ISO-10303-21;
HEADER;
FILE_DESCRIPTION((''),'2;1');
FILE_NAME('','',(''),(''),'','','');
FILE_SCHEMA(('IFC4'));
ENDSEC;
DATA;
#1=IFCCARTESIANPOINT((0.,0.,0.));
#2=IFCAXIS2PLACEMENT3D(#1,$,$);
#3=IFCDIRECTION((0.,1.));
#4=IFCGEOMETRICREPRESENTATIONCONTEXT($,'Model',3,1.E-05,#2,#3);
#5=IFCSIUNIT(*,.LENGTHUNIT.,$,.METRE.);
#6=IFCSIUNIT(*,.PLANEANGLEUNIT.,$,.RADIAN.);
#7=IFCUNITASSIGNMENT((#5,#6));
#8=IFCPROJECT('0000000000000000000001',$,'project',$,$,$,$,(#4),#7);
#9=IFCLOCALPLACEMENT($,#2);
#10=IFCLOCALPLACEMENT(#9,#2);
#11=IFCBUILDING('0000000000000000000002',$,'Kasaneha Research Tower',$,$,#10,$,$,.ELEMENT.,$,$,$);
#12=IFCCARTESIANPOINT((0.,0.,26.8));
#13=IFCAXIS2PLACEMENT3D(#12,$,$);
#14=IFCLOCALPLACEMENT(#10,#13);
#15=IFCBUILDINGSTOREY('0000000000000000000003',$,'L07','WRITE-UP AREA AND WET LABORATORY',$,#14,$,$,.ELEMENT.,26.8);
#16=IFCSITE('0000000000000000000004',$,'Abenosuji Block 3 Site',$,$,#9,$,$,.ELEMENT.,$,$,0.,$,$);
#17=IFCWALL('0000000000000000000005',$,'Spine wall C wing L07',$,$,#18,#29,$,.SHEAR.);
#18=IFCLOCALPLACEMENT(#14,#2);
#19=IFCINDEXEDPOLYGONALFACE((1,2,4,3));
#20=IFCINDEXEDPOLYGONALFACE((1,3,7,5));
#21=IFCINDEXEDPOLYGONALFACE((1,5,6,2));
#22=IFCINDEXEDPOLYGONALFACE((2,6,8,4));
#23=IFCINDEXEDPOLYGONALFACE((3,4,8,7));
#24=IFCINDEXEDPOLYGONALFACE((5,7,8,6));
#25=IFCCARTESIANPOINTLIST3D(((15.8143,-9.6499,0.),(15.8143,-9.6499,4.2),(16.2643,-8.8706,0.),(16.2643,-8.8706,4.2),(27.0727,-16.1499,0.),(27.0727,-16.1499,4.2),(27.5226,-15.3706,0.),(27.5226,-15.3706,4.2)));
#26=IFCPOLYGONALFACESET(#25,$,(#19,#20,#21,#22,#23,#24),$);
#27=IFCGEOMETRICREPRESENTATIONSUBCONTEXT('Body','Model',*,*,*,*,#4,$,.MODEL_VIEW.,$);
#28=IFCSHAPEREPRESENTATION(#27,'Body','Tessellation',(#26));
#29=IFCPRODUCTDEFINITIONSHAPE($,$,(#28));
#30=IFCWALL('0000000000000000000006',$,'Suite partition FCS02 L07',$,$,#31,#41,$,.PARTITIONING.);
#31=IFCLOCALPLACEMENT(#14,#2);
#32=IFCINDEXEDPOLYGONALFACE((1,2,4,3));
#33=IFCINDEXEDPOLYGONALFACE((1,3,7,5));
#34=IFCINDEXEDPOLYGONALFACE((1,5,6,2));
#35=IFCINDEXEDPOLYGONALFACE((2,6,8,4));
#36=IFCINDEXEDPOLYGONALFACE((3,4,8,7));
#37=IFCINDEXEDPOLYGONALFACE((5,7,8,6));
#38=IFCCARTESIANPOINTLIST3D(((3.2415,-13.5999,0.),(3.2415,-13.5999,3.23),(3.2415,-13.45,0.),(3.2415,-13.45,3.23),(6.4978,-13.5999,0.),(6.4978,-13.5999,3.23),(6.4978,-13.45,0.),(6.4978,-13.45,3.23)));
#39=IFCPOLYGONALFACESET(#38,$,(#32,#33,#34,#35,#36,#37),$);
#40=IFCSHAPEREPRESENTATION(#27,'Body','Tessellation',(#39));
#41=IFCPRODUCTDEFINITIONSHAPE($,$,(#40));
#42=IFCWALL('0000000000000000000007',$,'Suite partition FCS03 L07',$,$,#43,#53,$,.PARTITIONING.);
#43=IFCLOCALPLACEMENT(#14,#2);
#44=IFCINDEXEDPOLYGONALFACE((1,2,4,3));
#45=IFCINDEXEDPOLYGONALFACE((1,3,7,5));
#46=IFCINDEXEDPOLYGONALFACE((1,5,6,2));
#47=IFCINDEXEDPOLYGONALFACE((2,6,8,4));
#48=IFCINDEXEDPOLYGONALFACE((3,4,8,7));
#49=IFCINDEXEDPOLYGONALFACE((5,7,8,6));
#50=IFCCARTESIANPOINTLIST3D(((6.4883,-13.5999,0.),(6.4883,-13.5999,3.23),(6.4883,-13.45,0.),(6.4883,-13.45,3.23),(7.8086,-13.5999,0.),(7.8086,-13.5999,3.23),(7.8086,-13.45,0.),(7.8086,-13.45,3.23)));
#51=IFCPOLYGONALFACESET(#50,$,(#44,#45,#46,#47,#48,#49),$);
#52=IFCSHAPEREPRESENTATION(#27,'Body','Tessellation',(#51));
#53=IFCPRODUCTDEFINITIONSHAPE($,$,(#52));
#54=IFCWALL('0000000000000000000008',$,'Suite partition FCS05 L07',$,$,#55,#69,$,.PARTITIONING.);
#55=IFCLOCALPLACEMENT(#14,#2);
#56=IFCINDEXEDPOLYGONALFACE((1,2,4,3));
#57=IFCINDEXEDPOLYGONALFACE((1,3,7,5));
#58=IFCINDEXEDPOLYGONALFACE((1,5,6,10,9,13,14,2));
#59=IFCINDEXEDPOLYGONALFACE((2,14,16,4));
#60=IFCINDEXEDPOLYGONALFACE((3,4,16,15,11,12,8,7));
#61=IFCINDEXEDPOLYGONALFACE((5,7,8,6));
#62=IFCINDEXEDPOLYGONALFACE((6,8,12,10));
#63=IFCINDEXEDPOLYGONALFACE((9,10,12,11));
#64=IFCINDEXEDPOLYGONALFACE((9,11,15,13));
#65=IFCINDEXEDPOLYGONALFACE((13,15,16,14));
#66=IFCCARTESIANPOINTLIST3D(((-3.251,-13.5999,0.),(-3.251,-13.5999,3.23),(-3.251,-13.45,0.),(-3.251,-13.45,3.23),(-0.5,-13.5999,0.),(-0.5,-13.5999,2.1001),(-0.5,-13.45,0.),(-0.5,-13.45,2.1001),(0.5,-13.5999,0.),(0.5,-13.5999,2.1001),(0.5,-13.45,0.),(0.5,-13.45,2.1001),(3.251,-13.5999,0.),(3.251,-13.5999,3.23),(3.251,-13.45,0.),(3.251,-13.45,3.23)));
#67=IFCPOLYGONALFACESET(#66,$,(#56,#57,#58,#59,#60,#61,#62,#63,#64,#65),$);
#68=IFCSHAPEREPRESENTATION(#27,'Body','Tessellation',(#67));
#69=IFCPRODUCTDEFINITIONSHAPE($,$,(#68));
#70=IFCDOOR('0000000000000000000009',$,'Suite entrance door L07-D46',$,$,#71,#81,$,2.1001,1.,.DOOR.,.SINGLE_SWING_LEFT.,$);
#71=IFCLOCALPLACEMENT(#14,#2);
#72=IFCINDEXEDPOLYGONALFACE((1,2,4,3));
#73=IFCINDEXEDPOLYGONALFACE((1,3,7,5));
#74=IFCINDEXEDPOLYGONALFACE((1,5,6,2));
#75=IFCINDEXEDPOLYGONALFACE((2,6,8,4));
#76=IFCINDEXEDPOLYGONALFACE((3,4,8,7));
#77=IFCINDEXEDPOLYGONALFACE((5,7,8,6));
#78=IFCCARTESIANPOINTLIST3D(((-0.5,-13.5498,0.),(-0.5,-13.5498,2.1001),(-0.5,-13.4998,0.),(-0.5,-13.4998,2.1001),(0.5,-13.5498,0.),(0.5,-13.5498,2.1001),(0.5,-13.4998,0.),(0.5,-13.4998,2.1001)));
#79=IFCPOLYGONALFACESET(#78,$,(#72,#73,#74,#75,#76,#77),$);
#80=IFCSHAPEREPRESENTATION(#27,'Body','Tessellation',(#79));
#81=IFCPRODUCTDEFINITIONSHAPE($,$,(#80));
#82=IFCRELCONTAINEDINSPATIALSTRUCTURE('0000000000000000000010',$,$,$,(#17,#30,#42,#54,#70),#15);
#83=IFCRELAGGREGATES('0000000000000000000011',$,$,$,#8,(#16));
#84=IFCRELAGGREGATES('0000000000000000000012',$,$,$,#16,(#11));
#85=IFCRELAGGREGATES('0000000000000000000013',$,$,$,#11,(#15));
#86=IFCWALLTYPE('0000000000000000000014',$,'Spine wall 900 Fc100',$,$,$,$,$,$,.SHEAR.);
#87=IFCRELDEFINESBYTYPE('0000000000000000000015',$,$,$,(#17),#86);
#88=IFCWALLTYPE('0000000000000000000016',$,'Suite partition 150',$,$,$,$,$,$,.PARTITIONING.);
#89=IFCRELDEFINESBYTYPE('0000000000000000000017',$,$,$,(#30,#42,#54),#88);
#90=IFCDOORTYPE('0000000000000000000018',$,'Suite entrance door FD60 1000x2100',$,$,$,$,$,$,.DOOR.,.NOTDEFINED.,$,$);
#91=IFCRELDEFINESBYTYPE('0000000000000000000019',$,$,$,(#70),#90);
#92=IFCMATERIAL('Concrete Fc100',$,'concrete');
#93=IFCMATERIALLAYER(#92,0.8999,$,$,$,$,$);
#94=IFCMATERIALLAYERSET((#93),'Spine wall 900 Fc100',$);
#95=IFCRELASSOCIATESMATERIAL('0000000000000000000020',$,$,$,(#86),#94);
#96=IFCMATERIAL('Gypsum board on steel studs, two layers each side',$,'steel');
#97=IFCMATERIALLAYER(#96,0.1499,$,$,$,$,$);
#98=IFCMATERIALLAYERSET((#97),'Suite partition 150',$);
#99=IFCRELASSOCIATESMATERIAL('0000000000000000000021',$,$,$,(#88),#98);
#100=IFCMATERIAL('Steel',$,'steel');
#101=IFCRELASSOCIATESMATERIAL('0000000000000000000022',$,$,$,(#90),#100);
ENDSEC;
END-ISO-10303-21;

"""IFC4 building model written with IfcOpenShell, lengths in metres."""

from ifc_helpers import new_model, si_unit, direction, frame, frame_2d, origin, place, context, subcontext, project, spatial, rectangle, extrude, material, layer, layer_set, type_object, element, fill, save


model = new_model("IFC4")

# Units and contexts
model_context = context("Model", 3, precision=1e-05, world=origin(), true_north=direction((0.0, 1.0)))
body_context = subcontext(model_context, "Body", "Model", "MODEL_VIEW")
ifc_project = project(units=[si_unit("LENGTHUNIT", "METRE"), si_unit("PLANEANGLEUNIT", "RADIAN")], contexts=[model_context])

# Site, building, storey
site_placement = place(None, origin())
site = spatial("IfcSite", under=ifc_project, at=site_placement, Name="Abenosuji Block 3 Site", CompositionType="ELEMENT", RefElevation=0.0)
building_placement = place(site_placement, origin())
building = spatial("IfcBuilding", under=site, at=building_placement, Name="Kasaneha Research Tower", CompositionType="ELEMENT")
storey_placement = place(building_placement, frame((0.0, 0.0, 26.8)))
storey = spatial("IfcBuildingStorey", under=building, at=storey_placement, Name="L07", Description="WRITE-UP AREA AND WET LABORATORY", CompositionType="ELEMENT", Elevation=26.8)

# Walls
ifc_material_1 = material(Name="Concrete Fc100", Category="concrete")
ifc_layer_1 = layer(ifc_material_1, 0.8999)
ifc_layer_set_1 = layer_set([ifc_layer_1], Name="Spine wall 900 Fc100")
wall_type_1 = type_object("IfcWallType", Name="Spine wall 900 Fc100", PredefinedType="SHEAR", material=ifc_layer_set_1)
wall_1_placement = place(storey_placement, frame((16.0393, -9.2603, 0.0), z_axis=(0.0, 0.0, 1.0), x_axis=(0.866025, -0.500001, 0.0)))
element("IfcWall", 1, at=wall_1_placement, inside=storey, type_object=wall_type_1, Name="Spine wall C wing L07", PredefinedType="SHEAR", context=body_context, shape_type="SweptSolid", body=[
    extrude(rectangle(XDim=13.0, YDim=0.8999, at=frame_2d((6.5, 0.0))), origin(), (0.0, 0.0, 1.0), 4.2),
])
ifc_material_2 = material(Name="Gypsum board on steel studs, two layers each side", Category="steel")
ifc_layer_2 = layer(ifc_material_2, 0.1499)
ifc_layer_set_2 = layer_set([ifc_layer_2], Name="Suite partition 150")
wall_type_2 = type_object("IfcWallType", Name="Suite partition 150", PredefinedType="PARTITIONING", material=ifc_layer_set_2)
wall_2_placement = place(storey_placement, frame((6.4978, -13.5249, 0.0), z_axis=(0.0, 0.0, 1.0), x_axis=(-1.0, 0.0, 0.0)))
element("IfcWall", 2, at=wall_2_placement, inside=storey, type_object=wall_type_2, Name="Suite partition FCS02 L07", PredefinedType="PARTITIONING", context=body_context, shape_type="SweptSolid", body=[
    extrude(rectangle(XDim=3.2563, YDim=0.1499, at=frame_2d((1.6282, 0.0))), origin(), (0.0, 0.0, 1.0), 3.23),
])
wall_3_placement = place(storey_placement, frame((7.8086, -13.5249, 0.0), z_axis=(0.0, 0.0, 1.0), x_axis=(-1.0, 0.0, 0.0)))
element("IfcWall", 3, at=wall_3_placement, inside=storey, type_object=wall_type_2, Name="Suite partition FCS03 L07", PredefinedType="PARTITIONING", context=body_context, shape_type="SweptSolid", body=[
    extrude(rectangle(XDim=1.3203, YDim=0.1499, at=frame_2d((0.6602, 0.0))), origin(), (0.0, 0.0, 1.0), 3.23),
])

# Wall, opening, door
wall_4_placement = place(storey_placement, frame((3.251, -13.5249, 0.0), z_axis=(0.0, 0.0, 1.0), x_axis=(-1.0, 0.0, 0.0)))
wall_4 = element("IfcWall", 4, at=wall_4_placement, inside=storey, type_object=wall_type_2, Name="Suite partition FCS05 L07", PredefinedType="PARTITIONING", context=body_context, shape_type="SweptSolid", body=[
    extrude(rectangle(XDim=6.502, YDim=0.1499, at=frame_2d((3.251, 0.0))), origin(), (0.0, 0.0, 1.0), 3.23),
])
opening_1_placement = place(wall_4_placement, frame((2.751, 0.0, 0.0)))
opening_1 = element("IfcOpeningElement", 5, at=opening_1_placement, cuts=wall_4, PredefinedType="OPENING", context=body_context, shape_type="SweptSolid", body=[
    extrude(rectangle(XDim=1.0, YDim=2.1001, at=frame_2d((0.5, 1.05))), frame((0.0, 0.085, 0.0), z_axis=(0.0, -1.0, 0.0), x_axis=(1.0, 0.0, 0.0)), (0.0, 0.0, 1.0), 0.1699),
])
ifc_material_3 = material(Name="Steel", Category="steel")
door_type_1 = type_object("IfcDoorType", Name="Suite entrance door FD60 1000x2100", OperationType="NOTDEFINED", PredefinedType="DOOR", material=ifc_material_3)
door_1_placement = place(opening_1_placement, origin())
door_1 = element("IfcDoor", 6, at=door_1_placement, inside=storey, type_object=door_type_1, Name="Suite entrance door L07-D46", OperationType="SINGLE_SWING_LEFT", OverallHeight=2.1001, OverallWidth=1.0, PredefinedType="DOOR", context=body_context, shape_type="SweptSolid", body=[
    extrude(rectangle(XDim=1.0, YDim=2.1001, at=frame_2d((0.5, 1.05))), frame((0.0, 0.0249, 0.0), z_axis=(0.0, -1.0, 0.0), x_axis=(1.0, 0.0, 0.0)), (0.0, 0.0, 1.0), 0.05),
])
fill(opening_1, door_1)

save(model, "model.ifc")
